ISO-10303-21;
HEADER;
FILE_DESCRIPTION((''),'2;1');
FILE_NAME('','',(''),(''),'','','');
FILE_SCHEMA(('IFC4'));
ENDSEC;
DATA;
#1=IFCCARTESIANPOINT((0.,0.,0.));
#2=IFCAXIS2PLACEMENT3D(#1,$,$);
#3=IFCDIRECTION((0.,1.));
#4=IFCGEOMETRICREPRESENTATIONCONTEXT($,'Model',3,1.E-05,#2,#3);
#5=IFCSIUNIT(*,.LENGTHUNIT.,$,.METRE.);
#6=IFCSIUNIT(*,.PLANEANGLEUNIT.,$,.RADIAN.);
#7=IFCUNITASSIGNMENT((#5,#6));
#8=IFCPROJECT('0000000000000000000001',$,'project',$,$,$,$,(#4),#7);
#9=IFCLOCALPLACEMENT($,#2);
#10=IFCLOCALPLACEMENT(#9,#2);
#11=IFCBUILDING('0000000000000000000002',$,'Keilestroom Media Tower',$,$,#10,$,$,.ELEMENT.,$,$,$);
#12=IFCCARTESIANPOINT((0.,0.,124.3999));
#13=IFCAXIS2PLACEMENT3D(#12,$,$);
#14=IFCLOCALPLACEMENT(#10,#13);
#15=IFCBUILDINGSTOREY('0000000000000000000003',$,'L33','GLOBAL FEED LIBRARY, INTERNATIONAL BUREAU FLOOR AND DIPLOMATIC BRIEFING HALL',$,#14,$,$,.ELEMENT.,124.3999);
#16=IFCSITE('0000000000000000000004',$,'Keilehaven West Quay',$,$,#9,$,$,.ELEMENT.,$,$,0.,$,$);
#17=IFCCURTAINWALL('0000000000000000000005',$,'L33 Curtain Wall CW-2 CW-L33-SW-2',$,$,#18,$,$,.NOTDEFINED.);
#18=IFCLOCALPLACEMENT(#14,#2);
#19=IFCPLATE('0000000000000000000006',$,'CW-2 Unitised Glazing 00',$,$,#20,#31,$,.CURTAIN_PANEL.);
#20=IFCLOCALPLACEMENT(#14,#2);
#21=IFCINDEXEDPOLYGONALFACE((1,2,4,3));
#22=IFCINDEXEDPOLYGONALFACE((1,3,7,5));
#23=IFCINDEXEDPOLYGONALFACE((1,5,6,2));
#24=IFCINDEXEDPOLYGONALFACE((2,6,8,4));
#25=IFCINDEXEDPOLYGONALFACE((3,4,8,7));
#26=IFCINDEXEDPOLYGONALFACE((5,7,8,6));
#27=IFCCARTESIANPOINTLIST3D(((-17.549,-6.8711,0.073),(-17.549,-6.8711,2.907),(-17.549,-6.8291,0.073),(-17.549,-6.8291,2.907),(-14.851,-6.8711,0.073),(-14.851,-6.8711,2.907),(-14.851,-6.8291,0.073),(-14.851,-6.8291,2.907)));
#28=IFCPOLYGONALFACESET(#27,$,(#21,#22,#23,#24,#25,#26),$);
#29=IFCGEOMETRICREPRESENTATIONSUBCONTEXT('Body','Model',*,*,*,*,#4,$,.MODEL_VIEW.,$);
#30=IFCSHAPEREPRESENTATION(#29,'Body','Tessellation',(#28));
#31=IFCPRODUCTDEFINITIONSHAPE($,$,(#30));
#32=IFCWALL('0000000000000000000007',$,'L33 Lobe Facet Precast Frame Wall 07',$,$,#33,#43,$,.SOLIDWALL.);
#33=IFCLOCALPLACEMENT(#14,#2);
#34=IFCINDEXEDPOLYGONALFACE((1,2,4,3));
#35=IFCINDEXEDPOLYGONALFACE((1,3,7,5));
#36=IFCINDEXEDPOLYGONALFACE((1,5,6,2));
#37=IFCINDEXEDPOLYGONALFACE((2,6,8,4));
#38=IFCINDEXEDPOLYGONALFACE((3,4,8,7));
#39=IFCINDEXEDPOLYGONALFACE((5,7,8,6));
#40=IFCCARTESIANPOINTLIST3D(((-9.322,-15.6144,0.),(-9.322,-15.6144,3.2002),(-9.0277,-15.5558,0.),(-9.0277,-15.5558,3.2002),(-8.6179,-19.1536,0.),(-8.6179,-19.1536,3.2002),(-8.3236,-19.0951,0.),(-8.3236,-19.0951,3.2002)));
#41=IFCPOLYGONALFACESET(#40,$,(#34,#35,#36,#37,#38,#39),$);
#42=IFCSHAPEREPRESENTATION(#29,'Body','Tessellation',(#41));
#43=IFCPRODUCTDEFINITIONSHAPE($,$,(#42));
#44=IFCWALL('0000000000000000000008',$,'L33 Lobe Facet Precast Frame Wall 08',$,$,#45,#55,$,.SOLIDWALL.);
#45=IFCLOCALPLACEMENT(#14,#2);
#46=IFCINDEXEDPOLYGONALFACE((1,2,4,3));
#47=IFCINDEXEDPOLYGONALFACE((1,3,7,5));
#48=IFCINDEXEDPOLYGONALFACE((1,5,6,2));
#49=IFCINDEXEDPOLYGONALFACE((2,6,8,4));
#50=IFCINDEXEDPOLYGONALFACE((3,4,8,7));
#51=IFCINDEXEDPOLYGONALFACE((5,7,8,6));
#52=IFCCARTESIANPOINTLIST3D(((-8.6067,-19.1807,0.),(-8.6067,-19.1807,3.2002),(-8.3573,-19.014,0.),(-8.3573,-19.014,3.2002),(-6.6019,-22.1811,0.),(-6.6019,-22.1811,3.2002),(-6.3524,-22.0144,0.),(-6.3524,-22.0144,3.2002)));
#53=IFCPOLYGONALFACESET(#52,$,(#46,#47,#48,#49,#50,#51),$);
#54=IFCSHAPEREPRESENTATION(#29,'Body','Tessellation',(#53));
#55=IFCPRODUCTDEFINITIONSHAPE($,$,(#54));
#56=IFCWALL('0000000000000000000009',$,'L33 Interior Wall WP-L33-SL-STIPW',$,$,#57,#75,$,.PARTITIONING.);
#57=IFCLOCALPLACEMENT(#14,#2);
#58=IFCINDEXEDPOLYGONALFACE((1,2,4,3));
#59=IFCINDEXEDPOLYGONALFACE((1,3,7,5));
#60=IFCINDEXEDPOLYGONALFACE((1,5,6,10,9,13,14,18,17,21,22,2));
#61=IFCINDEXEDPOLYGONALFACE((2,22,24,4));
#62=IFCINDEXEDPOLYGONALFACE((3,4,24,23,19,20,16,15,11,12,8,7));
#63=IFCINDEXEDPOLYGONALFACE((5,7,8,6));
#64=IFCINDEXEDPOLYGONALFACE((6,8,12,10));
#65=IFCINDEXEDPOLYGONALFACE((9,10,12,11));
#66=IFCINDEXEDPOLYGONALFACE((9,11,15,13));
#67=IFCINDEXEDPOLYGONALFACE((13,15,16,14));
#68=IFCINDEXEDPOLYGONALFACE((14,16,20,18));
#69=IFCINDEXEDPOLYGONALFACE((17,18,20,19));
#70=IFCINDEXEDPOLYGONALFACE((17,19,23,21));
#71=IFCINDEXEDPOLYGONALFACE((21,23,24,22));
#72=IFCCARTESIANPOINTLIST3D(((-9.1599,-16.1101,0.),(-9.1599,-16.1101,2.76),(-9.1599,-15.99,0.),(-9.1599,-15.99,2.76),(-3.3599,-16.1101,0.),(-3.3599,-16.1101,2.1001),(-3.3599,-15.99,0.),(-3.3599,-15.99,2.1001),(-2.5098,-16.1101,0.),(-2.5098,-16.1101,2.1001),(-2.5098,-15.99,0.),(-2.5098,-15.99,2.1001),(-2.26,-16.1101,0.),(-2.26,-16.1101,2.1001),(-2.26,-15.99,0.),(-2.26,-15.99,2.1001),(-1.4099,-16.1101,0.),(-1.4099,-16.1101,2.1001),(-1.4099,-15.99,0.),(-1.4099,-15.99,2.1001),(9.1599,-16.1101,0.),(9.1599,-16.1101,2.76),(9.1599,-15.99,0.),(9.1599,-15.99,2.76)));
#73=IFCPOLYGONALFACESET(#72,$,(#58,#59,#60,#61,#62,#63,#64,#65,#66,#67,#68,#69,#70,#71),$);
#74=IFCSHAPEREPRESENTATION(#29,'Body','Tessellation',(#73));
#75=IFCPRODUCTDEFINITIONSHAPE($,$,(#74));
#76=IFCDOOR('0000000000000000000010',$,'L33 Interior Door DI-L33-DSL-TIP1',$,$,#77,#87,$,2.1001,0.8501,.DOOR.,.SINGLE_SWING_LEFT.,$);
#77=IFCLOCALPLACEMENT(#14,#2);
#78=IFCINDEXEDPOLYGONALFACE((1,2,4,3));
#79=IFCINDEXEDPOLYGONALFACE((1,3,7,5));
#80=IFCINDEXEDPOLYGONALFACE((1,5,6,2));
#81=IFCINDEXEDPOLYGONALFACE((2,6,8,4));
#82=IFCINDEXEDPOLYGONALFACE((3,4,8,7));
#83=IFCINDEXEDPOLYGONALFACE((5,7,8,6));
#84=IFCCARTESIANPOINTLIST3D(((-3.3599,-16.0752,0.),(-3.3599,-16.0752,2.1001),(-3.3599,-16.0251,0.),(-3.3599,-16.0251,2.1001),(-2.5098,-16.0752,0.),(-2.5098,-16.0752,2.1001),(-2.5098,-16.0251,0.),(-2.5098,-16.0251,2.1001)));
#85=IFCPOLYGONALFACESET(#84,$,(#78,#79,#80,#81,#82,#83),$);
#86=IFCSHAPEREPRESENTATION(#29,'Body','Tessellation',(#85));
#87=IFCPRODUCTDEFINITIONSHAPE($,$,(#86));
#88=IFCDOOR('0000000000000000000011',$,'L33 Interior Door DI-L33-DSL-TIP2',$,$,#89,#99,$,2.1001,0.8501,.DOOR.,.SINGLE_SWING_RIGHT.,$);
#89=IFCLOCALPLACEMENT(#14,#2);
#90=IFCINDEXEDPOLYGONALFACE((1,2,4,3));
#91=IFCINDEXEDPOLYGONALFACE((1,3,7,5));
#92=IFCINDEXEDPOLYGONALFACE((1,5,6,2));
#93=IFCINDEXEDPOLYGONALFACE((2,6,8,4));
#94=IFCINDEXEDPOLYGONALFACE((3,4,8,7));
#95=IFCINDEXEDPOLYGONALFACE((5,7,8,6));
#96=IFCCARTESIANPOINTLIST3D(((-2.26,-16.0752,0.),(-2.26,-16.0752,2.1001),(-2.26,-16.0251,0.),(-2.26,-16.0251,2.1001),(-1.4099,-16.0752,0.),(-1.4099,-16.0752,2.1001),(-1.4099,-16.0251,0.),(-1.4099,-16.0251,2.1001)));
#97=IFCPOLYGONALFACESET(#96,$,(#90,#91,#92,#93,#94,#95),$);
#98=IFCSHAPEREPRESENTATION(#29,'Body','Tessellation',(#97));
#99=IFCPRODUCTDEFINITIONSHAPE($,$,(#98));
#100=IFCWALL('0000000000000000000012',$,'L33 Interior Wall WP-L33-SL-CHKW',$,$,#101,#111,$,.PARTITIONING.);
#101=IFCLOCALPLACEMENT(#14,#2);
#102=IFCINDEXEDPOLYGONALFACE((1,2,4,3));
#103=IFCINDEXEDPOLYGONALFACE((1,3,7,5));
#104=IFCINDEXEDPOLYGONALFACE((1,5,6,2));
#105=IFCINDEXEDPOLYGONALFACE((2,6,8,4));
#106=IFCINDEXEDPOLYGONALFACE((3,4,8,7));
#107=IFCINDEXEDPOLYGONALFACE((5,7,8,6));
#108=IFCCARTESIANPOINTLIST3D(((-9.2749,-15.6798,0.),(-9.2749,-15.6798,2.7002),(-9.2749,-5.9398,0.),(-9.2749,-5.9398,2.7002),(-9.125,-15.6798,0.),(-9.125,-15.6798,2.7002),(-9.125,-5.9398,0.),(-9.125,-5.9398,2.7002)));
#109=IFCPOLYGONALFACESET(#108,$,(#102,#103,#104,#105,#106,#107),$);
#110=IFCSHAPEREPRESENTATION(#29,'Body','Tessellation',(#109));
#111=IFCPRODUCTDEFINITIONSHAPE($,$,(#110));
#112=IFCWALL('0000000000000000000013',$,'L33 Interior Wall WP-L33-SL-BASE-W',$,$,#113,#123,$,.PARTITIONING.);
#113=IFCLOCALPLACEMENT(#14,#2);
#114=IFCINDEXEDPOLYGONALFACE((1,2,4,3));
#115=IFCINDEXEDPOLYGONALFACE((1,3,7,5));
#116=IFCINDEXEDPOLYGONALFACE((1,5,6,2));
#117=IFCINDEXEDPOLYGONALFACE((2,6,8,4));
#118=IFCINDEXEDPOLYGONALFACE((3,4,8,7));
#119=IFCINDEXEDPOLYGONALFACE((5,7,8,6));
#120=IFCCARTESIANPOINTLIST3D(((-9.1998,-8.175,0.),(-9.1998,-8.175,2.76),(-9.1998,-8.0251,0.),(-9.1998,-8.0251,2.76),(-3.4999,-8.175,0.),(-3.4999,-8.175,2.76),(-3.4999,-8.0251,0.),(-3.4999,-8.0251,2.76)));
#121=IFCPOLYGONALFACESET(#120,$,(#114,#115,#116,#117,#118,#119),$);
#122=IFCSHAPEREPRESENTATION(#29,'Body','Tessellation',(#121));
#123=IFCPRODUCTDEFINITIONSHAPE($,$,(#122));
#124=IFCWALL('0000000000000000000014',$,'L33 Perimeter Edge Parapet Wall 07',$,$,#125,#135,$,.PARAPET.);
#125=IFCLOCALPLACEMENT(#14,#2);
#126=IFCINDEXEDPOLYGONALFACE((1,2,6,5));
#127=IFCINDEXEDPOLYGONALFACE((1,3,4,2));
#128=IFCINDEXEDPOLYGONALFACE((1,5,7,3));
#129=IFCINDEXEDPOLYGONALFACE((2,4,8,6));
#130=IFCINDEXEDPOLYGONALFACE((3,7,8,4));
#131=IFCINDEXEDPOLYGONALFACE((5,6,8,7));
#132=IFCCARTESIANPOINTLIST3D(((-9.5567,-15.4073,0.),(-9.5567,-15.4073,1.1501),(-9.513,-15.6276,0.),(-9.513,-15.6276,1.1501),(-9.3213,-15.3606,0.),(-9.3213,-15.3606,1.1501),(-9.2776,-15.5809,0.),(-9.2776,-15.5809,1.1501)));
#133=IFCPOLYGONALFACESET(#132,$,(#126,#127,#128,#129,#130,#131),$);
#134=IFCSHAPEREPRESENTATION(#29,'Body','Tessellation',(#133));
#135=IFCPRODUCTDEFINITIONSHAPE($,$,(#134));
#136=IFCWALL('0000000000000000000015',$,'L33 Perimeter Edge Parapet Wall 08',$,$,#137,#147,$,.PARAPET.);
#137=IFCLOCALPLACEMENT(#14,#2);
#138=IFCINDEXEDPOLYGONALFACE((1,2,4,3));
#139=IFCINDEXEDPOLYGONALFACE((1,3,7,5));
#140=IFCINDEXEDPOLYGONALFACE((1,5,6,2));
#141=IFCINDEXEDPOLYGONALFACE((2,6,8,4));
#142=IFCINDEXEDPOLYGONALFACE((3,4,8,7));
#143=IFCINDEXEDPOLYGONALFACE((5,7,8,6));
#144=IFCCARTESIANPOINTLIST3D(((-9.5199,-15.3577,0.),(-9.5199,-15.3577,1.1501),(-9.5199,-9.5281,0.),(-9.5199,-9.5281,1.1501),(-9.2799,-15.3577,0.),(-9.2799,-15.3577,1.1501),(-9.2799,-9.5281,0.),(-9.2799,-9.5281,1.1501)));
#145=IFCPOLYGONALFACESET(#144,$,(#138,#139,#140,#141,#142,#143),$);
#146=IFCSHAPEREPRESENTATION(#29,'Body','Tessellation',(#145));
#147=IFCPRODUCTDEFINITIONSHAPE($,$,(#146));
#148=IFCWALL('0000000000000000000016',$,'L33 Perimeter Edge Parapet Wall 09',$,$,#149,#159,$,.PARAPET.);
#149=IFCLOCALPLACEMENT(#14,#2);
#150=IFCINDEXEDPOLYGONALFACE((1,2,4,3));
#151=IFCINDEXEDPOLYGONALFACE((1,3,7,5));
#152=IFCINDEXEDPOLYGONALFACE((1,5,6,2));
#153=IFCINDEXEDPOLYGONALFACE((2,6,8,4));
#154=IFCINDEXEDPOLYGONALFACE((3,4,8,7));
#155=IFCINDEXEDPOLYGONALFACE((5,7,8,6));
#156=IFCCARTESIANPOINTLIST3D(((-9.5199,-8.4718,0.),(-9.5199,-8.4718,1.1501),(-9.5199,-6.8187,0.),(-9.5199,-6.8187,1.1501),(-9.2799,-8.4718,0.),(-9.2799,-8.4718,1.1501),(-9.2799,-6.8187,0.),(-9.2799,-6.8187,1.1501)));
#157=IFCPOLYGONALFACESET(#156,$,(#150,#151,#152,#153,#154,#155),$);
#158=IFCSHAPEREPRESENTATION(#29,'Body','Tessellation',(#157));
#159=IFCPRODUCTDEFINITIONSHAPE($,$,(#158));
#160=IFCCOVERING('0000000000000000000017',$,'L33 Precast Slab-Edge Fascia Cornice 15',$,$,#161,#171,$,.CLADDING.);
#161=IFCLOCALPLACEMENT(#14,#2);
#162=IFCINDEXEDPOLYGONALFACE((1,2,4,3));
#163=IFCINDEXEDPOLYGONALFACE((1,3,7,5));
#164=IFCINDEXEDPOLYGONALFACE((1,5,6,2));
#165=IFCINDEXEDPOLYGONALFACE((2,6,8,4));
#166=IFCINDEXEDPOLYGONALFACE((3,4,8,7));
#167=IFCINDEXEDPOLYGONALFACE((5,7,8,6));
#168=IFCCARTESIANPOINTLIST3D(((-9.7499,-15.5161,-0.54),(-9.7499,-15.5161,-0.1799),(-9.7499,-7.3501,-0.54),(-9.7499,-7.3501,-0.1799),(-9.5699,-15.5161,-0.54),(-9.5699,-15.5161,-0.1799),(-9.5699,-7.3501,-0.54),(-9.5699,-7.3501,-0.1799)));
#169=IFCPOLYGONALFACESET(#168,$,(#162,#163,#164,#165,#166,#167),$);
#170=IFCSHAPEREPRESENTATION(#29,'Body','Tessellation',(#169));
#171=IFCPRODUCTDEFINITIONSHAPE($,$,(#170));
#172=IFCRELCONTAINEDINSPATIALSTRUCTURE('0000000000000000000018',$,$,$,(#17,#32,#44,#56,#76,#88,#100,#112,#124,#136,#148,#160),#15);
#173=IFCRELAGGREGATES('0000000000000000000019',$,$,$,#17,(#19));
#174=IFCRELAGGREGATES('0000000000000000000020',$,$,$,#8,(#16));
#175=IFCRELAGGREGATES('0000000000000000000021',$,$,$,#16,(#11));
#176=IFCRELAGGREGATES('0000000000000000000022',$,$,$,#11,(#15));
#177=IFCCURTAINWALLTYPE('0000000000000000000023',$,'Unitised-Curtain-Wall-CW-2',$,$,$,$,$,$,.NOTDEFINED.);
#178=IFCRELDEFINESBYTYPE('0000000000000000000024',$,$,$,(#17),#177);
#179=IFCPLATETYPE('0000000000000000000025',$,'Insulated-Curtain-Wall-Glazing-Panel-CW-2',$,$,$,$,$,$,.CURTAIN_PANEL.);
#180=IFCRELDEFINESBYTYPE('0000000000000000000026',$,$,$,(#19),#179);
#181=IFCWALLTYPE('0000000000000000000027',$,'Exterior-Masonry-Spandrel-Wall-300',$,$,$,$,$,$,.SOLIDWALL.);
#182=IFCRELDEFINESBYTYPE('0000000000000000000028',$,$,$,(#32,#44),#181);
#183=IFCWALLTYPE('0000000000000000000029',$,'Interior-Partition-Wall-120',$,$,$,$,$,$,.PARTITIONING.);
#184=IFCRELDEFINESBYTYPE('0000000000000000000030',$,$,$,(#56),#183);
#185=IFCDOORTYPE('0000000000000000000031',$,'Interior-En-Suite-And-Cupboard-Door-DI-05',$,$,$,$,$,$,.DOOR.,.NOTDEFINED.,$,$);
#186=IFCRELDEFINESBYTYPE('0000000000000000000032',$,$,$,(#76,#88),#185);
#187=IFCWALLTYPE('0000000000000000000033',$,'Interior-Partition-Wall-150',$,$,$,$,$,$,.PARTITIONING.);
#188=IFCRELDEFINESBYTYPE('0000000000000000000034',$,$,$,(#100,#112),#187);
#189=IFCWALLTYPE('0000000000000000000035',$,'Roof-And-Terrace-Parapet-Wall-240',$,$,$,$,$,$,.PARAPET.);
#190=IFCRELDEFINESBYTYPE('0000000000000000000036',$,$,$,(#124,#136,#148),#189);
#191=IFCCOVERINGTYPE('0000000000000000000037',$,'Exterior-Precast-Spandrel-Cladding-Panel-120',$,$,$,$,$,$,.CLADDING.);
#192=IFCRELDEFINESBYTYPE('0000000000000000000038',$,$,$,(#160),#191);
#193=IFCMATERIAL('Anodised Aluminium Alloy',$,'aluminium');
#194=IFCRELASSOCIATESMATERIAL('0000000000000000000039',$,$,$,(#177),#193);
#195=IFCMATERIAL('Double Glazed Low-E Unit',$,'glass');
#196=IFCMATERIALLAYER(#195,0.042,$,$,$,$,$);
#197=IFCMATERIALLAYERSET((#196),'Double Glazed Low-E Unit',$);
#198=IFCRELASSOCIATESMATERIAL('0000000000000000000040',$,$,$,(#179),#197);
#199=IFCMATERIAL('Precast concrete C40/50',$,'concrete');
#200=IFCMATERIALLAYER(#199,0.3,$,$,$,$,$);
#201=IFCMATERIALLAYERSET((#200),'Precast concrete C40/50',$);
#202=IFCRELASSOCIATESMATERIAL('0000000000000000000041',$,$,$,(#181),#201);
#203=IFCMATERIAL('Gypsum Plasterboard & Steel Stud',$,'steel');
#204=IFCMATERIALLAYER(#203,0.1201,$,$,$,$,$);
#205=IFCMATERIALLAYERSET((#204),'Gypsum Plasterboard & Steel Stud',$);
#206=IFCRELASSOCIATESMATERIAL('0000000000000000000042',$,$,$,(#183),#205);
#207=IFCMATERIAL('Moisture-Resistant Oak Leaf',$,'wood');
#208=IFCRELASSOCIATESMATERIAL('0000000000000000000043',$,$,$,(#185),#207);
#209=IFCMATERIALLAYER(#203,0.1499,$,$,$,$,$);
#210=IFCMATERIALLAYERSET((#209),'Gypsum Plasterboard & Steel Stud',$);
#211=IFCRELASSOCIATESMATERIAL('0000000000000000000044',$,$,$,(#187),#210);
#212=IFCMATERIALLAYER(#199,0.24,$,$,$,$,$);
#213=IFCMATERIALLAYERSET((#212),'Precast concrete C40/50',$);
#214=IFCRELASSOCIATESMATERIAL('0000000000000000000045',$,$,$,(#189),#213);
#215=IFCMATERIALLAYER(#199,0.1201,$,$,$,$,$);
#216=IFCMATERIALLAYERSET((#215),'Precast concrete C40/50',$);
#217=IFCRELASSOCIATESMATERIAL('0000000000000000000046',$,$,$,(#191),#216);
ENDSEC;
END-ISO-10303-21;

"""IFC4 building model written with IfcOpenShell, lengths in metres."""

from ifc_helpers import new_model, si_unit, direction, frame, frame_2d, origin, origin_2d, place, context, subcontext, project, spatial, rectangle, extrude, source, transform, mapped, material, layer, layer_set, type_object, element, fill, aggregate, save


model = new_model("IFC4")

# Units and contexts
model_context = context("Model", 3, precision=1e-05, world=origin(), true_north=direction((0.0, 1.0)))
body_context = subcontext(model_context, "Body", "Model", "MODEL_VIEW")
ifc_project = project(units=[si_unit("LENGTHUNIT", "METRE"), si_unit("PLANEANGLEUNIT", "RADIAN")], contexts=[model_context])

# Site, building, storey
site_placement = place(None, origin())
site = spatial("IfcSite", under=ifc_project, at=site_placement, Name="Keilehaven West Quay", CompositionType="ELEMENT", RefElevation=0.0)
building_placement = place(site_placement, origin())
building = spatial("IfcBuilding", under=site, at=building_placement, Name="Keilestroom Media Tower", CompositionType="ELEMENT")
storey_placement = place(building_placement, frame((0.0, 0.0, 124.3999)))
storey = spatial("IfcBuildingStorey", under=building, at=storey_placement, Name="L33", Description="GLOBAL FEED LIBRARY, INTERNATIONAL BUREAU FLOOR AND DIPLOMATIC BRIEFING HALL", CompositionType="ELEMENT", Elevation=124.3999)

# Shared definitions
ifc_material_1 = material(Name="Precast concrete C40/50", Category="concrete")

# Shared definitions
ifc_material_2 = material(Name="Anodised Aluminium Alloy", Category="aluminium")
curtain_wall_type = type_object("IfcCurtainWallType", Name="Unitised-Curtain-Wall-CW-2", PredefinedType="NOTDEFINED", material=ifc_material_2)

# Curtain wall
curtain_wall_1_placement = place(storey_placement, origin())
curtain_wall_1 = element("IfcCurtainWall", 1, at=curtain_wall_1_placement, inside=storey, type_object=curtain_wall_type, Name="L33 Curtain Wall CW-2 CW-L33-SW-2", PredefinedType="NOTDEFINED")

# Plate
ifc_material_3 = material(Name="Double Glazed Low-E Unit", Category="glass")
ifc_layer_1 = layer(ifc_material_3, 0.042)
ifc_layer_set_1 = layer_set([ifc_layer_1], Name="Double Glazed Low-E Unit")
plate_type = type_object("IfcPlateType", Name="Insulated-Curtain-Wall-Glazing-Panel-CW-2", PredefinedType="CURTAIN_PANEL", material=ifc_layer_set_1)
shared_shape_1 = source(origin(), body_context, "Body", "SweptSolid", [
    extrude(rectangle(XDim=2.698, YDim=0.042, at=origin_2d()), origin(), (0.0, 0.0, 1.0), 2.834),
])
plate_1_placement = place(storey_placement, frame((-16.2, -6.8501, 0.073), z_axis=(0.0, 0.0, 1.0), x_axis=(1.0, 0.0, 0.0)))
plate_1 = element("IfcPlate", 2, at=plate_1_placement, type_object=plate_type, Name="CW-2 Unitised Glazing 00", PredefinedType="CURTAIN_PANEL", context=body_context, shape_type="MappedRepresentation", body=[
    mapped(shared_shape_1, transform((0.0, 0.0, 0.0), x_axis=(1.0, 0.0, 0.0), y_axis=(0.0, 1.0, 0.0), z_axis=(0.0, 0.0, 1.0), scale=1.0)),
])
aggregate(curtain_wall_1, [plate_1])

# Walls
ifc_layer_2 = layer(ifc_material_1, 0.3)
ifc_layer_set_2 = layer_set([ifc_layer_2], Name="Precast concrete C40/50")
wall_type_1 = type_object("IfcWallType", Name="Exterior-Masonry-Spandrel-Wall-300", PredefinedType="SOLIDWALL", material=ifc_layer_set_2)
for number, where, z_axis, x_axis, name in (
    (3, (-9.1748, -15.5852, 0.0), (0.0, 0.0, 1.0), (0.195114, -0.980781, 0.0), "L33 Lobe Facet Precast Frame Wall 07"),
    (4, (-8.4819, -19.0974, 0.0), (0.0, 0.0, 1.0), (0.555574, -0.831467, 0.0), "L33 Lobe Facet Precast Frame Wall 08"),
):
    element("IfcWall", number, at=place(storey_placement, frame(where, z_axis=z_axis, x_axis=x_axis)), inside=storey, type_object=wall_type_1, Name=name, PredefinedType="SOLIDWALL", context=body_context, shape_type="SweptSolid", body=[
        extrude(rectangle(XDim=3.6086, YDim=0.3, at=frame_2d((1.8042, 0.0))), origin(), (0.0, 0.0, 1.0), 3.2002),
    ])

# Wall, openings, doors
ifc_material_4 = material(Name="Gypsum Plasterboard & Steel Stud", Category="steel")
ifc_layer_3 = layer(ifc_material_4, 0.1201)
ifc_layer_set_3 = layer_set([ifc_layer_3], Name="Gypsum Plasterboard & Steel Stud")
wall_type_2 = type_object("IfcWallType", Name="Interior-Partition-Wall-120", PredefinedType="PARTITIONING", material=ifc_layer_set_3)
wall_1_placement = place(storey_placement, frame((-9.1599, -16.05, 0.0), z_axis=(0.0, 0.0, 1.0), x_axis=(1.0, 0.0, 0.0)))
wall_1 = element("IfcWall", 5, at=wall_1_placement, inside=storey, type_object=wall_type_2, Name="L33 Interior Wall WP-L33-SL-STIPW", PredefinedType="PARTITIONING", context=body_context, shape_type="SweptSolid", body=[
    extrude(rectangle(XDim=18.3198, YDim=0.1201, at=frame_2d((9.1599, 0.0))), origin(), (0.0, 0.0, 1.0), 2.76),
])
opening_1_placement = place(wall_1_placement, frame((5.8, 0.0, 0.0)))
opening_1 = element("IfcOpeningElement", 6, at=opening_1_placement, cuts=wall_1, PredefinedType="OPENING", context=body_context, shape_type="SweptSolid", body=[
    extrude(rectangle(XDim=0.8501, YDim=2.1001, at=frame_2d((0.425, 1.05))), frame((0.0, 0.0701, 0.0), z_axis=(0.0, -1.0, 0.0), x_axis=(1.0, 0.0, 0.0)), (0.0, 0.0, 1.0), 0.1401),
])
opening_2_placement = place(wall_1_placement, frame((6.8999, 0.0, 0.0)))
opening_2 = element("IfcOpeningElement", 7, at=opening_2_placement, cuts=wall_1, PredefinedType="OPENING", context=body_context, shape_type="SweptSolid", body=[
    extrude(rectangle(XDim=0.8501, YDim=2.1001, at=frame_2d((0.425, 1.05))), frame((0.0, 0.0701, 0.0), z_axis=(0.0, -1.0, 0.0), x_axis=(1.0, 0.0, 0.0)), (0.0, 0.0, 1.0), 0.1401),
])
ifc_material_5 = material(Name="Moisture-Resistant Oak Leaf", Category="wood")
door_type = type_object("IfcDoorType", Name="Interior-En-Suite-And-Cupboard-Door-DI-05", OperationType="NOTDEFINED", PredefinedType="DOOR", material=ifc_material_5)
shared_shape_2 = source(origin(), body_context, "Body", "SweptSolid", [
    extrude(rectangle(XDim=0.8501, YDim=2.1001, at=frame_2d((0.425, 1.05))), frame((0.0, 0.0249, 0.0), z_axis=(0.0, -1.0, 0.0), x_axis=(1.0, 0.0, 0.0)), (0.0, 0.0, 1.0), 0.05),
])
door_1_placement = place(opening_1_placement, origin())
door_1 = element("IfcDoor", 8, at=door_1_placement, inside=storey, type_object=door_type, Name="L33 Interior Door DI-L33-DSL-TIP1", OperationType="SINGLE_SWING_LEFT", OverallHeight=2.1001, OverallWidth=0.8501, PredefinedType="DOOR", context=body_context, shape_type="MappedRepresentation", body=[
    mapped(shared_shape_2, transform((0.0, 0.0, 0.0), x_axis=(1.0, 0.0, 0.0), y_axis=(0.0, 1.0, 0.0), z_axis=(0.0, 0.0, 1.0), scale=1.0)),
])
fill(opening_1, door_1)
door_2_placement = place(opening_2_placement, origin())
door_2 = element("IfcDoor", 9, at=door_2_placement, inside=storey, type_object=door_type, Name="L33 Interior Door DI-L33-DSL-TIP2", OperationType="SINGLE_SWING_RIGHT", OverallHeight=2.1001, OverallWidth=0.8501, PredefinedType="DOOR", context=body_context, shape_type="MappedRepresentation", body=[
    mapped(shared_shape_2, transform((0.0, 0.0, 0.0), x_axis=(1.0, 0.0, 0.0), y_axis=(0.0, 1.0, 0.0), z_axis=(0.0, 0.0, 1.0), scale=1.0)),
])
fill(opening_2, door_2)

# Walls
ifc_layer_4 = layer(ifc_material_4, 0.1499)
ifc_layer_set_4 = layer_set([ifc_layer_4], Name="Gypsum Plasterboard & Steel Stud")
wall_type_3 = type_object("IfcWallType", Name="Interior-Partition-Wall-150", PredefinedType="PARTITIONING", material=ifc_layer_set_4)
wall_2_placement = place(storey_placement, frame((-9.2, -15.6799, 0.0), z_axis=(0.0, 0.0, 1.0), x_axis=(0.0, 1.0, 0.0)))
element("IfcWall", 10, at=wall_2_placement, inside=storey, type_object=wall_type_3, Name="L33 Interior Wall WP-L33-SL-CHKW", PredefinedType="PARTITIONING", context=body_context, shape_type="SweptSolid", body=[
    extrude(rectangle(XDim=9.74, YDim=0.1499, at=frame_2d((4.8701, 0.0))), origin(), (0.0, 0.0, 1.0), 2.7002),
])
wall_3_placement = place(storey_placement, frame((-9.2, -8.1001, 0.0), z_axis=(0.0, 0.0, 1.0), x_axis=(1.0, 0.0, 0.0)))
element("IfcWall", 11, at=wall_3_placement, inside=storey, type_object=wall_type_3, Name="L33 Interior Wall WP-L33-SL-BASE-W", PredefinedType="PARTITIONING", context=body_context, shape_type="SweptSolid", body=[
    extrude(rectangle(XDim=5.7, YDim=0.1499, at=frame_2d((2.8501, 0.0))), origin(), (0.0, 0.0, 1.0), 2.76),
])
ifc_layer_5 = layer(ifc_material_1, 0.24)
ifc_layer_set_5 = layer_set([ifc_layer_5], Name="Precast concrete C40/50")
wall_type_4 = type_object("IfcWallType", Name="Roof-And-Terrace-Parapet-Wall-240", PredefinedType="PARAPET", material=ifc_layer_set_5)
wall_4_placement = place(storey_placement, frame((-9.3953, -15.6042, 0.0), z_axis=(0.0, 0.0, 1.0), x_axis=(-0.194652, 0.980872, 0.0)))
element("IfcWall", 12, at=wall_4_placement, inside=storey, type_object=wall_type_4, Name="L33 Perimeter Edge Parapet Wall 07", PredefinedType="PARAPET", context=body_context, shape_type="SweptSolid", body=[
    extrude(rectangle(XDim=0.2246, YDim=0.24, at=frame_2d((0.1123, 0.0))), origin(), (0.0, 0.0, 1.0), 1.1501),
])
wall_5_placement = place(storey_placement, frame((-9.3999, -15.3577, 0.0), z_axis=(0.0, 0.0, 1.0), x_axis=(0.0, 1.0, 0.0)))
element("IfcWall", 13, at=wall_5_placement, inside=storey, type_object=wall_type_4, Name="L33 Perimeter Edge Parapet Wall 08", PredefinedType="PARAPET", context=body_context, shape_type="SweptSolid", body=[
    extrude(rectangle(XDim=5.8296, YDim=0.24, at=frame_2d((2.9148, 0.0))), origin(), (0.0, 0.0, 1.0), 1.1501),
])
wall_6_placement = place(storey_placement, frame((-9.3999, -8.4719, 0.0), z_axis=(0.0, 0.0, 1.0), x_axis=(0.0, 1.0, 0.0)))
element("IfcWall", 14, at=wall_6_placement, inside=storey, type_object=wall_type_4, Name="L33 Perimeter Edge Parapet Wall 09", PredefinedType="PARAPET", context=body_context, shape_type="SweptSolid", body=[
    extrude(rectangle(XDim=1.6531, YDim=0.24, at=frame_2d((0.8267, 0.0))), origin(), (0.0, 0.0, 1.0), 1.1501),
])

# Covering
ifc_layer_6 = layer(ifc_material_1, 0.1201)
ifc_layer_set_6 = layer_set([ifc_layer_6], Name="Precast concrete C40/50")
covering_type = type_object("IfcCoveringType", Name="Exterior-Precast-Spandrel-Cladding-Panel-120", PredefinedType="CLADDING", material=ifc_layer_set_6)
shared_shape_3 = source(origin(), body_context, "Body", "SweptSolid", [
    extrude(rectangle(XDim=8.166, YDim=0.1799, at=origin_2d()), origin(), (0.0, 0.0, 1.0), 0.3601),
])
covering_1_placement = place(storey_placement, frame((-9.6599, -11.4331, -0.54), z_axis=(0.0, 0.0, 1.0), x_axis=(0.0, 1.0, 0.0)))
element("IfcCovering", 15, at=covering_1_placement, inside=storey, type_object=covering_type, Name="L33 Precast Slab-Edge Fascia Cornice 15", PredefinedType="CLADDING", context=body_context, shape_type="MappedRepresentation", body=[
    mapped(shared_shape_3, transform((0.0, 0.0, 0.0), x_axis=(1.0, 0.0, 0.0), y_axis=(0.0, 1.0, 0.0), z_axis=(0.0, 0.0, 1.0), scale=1.0)),
])

save(model, "model.ifc")
